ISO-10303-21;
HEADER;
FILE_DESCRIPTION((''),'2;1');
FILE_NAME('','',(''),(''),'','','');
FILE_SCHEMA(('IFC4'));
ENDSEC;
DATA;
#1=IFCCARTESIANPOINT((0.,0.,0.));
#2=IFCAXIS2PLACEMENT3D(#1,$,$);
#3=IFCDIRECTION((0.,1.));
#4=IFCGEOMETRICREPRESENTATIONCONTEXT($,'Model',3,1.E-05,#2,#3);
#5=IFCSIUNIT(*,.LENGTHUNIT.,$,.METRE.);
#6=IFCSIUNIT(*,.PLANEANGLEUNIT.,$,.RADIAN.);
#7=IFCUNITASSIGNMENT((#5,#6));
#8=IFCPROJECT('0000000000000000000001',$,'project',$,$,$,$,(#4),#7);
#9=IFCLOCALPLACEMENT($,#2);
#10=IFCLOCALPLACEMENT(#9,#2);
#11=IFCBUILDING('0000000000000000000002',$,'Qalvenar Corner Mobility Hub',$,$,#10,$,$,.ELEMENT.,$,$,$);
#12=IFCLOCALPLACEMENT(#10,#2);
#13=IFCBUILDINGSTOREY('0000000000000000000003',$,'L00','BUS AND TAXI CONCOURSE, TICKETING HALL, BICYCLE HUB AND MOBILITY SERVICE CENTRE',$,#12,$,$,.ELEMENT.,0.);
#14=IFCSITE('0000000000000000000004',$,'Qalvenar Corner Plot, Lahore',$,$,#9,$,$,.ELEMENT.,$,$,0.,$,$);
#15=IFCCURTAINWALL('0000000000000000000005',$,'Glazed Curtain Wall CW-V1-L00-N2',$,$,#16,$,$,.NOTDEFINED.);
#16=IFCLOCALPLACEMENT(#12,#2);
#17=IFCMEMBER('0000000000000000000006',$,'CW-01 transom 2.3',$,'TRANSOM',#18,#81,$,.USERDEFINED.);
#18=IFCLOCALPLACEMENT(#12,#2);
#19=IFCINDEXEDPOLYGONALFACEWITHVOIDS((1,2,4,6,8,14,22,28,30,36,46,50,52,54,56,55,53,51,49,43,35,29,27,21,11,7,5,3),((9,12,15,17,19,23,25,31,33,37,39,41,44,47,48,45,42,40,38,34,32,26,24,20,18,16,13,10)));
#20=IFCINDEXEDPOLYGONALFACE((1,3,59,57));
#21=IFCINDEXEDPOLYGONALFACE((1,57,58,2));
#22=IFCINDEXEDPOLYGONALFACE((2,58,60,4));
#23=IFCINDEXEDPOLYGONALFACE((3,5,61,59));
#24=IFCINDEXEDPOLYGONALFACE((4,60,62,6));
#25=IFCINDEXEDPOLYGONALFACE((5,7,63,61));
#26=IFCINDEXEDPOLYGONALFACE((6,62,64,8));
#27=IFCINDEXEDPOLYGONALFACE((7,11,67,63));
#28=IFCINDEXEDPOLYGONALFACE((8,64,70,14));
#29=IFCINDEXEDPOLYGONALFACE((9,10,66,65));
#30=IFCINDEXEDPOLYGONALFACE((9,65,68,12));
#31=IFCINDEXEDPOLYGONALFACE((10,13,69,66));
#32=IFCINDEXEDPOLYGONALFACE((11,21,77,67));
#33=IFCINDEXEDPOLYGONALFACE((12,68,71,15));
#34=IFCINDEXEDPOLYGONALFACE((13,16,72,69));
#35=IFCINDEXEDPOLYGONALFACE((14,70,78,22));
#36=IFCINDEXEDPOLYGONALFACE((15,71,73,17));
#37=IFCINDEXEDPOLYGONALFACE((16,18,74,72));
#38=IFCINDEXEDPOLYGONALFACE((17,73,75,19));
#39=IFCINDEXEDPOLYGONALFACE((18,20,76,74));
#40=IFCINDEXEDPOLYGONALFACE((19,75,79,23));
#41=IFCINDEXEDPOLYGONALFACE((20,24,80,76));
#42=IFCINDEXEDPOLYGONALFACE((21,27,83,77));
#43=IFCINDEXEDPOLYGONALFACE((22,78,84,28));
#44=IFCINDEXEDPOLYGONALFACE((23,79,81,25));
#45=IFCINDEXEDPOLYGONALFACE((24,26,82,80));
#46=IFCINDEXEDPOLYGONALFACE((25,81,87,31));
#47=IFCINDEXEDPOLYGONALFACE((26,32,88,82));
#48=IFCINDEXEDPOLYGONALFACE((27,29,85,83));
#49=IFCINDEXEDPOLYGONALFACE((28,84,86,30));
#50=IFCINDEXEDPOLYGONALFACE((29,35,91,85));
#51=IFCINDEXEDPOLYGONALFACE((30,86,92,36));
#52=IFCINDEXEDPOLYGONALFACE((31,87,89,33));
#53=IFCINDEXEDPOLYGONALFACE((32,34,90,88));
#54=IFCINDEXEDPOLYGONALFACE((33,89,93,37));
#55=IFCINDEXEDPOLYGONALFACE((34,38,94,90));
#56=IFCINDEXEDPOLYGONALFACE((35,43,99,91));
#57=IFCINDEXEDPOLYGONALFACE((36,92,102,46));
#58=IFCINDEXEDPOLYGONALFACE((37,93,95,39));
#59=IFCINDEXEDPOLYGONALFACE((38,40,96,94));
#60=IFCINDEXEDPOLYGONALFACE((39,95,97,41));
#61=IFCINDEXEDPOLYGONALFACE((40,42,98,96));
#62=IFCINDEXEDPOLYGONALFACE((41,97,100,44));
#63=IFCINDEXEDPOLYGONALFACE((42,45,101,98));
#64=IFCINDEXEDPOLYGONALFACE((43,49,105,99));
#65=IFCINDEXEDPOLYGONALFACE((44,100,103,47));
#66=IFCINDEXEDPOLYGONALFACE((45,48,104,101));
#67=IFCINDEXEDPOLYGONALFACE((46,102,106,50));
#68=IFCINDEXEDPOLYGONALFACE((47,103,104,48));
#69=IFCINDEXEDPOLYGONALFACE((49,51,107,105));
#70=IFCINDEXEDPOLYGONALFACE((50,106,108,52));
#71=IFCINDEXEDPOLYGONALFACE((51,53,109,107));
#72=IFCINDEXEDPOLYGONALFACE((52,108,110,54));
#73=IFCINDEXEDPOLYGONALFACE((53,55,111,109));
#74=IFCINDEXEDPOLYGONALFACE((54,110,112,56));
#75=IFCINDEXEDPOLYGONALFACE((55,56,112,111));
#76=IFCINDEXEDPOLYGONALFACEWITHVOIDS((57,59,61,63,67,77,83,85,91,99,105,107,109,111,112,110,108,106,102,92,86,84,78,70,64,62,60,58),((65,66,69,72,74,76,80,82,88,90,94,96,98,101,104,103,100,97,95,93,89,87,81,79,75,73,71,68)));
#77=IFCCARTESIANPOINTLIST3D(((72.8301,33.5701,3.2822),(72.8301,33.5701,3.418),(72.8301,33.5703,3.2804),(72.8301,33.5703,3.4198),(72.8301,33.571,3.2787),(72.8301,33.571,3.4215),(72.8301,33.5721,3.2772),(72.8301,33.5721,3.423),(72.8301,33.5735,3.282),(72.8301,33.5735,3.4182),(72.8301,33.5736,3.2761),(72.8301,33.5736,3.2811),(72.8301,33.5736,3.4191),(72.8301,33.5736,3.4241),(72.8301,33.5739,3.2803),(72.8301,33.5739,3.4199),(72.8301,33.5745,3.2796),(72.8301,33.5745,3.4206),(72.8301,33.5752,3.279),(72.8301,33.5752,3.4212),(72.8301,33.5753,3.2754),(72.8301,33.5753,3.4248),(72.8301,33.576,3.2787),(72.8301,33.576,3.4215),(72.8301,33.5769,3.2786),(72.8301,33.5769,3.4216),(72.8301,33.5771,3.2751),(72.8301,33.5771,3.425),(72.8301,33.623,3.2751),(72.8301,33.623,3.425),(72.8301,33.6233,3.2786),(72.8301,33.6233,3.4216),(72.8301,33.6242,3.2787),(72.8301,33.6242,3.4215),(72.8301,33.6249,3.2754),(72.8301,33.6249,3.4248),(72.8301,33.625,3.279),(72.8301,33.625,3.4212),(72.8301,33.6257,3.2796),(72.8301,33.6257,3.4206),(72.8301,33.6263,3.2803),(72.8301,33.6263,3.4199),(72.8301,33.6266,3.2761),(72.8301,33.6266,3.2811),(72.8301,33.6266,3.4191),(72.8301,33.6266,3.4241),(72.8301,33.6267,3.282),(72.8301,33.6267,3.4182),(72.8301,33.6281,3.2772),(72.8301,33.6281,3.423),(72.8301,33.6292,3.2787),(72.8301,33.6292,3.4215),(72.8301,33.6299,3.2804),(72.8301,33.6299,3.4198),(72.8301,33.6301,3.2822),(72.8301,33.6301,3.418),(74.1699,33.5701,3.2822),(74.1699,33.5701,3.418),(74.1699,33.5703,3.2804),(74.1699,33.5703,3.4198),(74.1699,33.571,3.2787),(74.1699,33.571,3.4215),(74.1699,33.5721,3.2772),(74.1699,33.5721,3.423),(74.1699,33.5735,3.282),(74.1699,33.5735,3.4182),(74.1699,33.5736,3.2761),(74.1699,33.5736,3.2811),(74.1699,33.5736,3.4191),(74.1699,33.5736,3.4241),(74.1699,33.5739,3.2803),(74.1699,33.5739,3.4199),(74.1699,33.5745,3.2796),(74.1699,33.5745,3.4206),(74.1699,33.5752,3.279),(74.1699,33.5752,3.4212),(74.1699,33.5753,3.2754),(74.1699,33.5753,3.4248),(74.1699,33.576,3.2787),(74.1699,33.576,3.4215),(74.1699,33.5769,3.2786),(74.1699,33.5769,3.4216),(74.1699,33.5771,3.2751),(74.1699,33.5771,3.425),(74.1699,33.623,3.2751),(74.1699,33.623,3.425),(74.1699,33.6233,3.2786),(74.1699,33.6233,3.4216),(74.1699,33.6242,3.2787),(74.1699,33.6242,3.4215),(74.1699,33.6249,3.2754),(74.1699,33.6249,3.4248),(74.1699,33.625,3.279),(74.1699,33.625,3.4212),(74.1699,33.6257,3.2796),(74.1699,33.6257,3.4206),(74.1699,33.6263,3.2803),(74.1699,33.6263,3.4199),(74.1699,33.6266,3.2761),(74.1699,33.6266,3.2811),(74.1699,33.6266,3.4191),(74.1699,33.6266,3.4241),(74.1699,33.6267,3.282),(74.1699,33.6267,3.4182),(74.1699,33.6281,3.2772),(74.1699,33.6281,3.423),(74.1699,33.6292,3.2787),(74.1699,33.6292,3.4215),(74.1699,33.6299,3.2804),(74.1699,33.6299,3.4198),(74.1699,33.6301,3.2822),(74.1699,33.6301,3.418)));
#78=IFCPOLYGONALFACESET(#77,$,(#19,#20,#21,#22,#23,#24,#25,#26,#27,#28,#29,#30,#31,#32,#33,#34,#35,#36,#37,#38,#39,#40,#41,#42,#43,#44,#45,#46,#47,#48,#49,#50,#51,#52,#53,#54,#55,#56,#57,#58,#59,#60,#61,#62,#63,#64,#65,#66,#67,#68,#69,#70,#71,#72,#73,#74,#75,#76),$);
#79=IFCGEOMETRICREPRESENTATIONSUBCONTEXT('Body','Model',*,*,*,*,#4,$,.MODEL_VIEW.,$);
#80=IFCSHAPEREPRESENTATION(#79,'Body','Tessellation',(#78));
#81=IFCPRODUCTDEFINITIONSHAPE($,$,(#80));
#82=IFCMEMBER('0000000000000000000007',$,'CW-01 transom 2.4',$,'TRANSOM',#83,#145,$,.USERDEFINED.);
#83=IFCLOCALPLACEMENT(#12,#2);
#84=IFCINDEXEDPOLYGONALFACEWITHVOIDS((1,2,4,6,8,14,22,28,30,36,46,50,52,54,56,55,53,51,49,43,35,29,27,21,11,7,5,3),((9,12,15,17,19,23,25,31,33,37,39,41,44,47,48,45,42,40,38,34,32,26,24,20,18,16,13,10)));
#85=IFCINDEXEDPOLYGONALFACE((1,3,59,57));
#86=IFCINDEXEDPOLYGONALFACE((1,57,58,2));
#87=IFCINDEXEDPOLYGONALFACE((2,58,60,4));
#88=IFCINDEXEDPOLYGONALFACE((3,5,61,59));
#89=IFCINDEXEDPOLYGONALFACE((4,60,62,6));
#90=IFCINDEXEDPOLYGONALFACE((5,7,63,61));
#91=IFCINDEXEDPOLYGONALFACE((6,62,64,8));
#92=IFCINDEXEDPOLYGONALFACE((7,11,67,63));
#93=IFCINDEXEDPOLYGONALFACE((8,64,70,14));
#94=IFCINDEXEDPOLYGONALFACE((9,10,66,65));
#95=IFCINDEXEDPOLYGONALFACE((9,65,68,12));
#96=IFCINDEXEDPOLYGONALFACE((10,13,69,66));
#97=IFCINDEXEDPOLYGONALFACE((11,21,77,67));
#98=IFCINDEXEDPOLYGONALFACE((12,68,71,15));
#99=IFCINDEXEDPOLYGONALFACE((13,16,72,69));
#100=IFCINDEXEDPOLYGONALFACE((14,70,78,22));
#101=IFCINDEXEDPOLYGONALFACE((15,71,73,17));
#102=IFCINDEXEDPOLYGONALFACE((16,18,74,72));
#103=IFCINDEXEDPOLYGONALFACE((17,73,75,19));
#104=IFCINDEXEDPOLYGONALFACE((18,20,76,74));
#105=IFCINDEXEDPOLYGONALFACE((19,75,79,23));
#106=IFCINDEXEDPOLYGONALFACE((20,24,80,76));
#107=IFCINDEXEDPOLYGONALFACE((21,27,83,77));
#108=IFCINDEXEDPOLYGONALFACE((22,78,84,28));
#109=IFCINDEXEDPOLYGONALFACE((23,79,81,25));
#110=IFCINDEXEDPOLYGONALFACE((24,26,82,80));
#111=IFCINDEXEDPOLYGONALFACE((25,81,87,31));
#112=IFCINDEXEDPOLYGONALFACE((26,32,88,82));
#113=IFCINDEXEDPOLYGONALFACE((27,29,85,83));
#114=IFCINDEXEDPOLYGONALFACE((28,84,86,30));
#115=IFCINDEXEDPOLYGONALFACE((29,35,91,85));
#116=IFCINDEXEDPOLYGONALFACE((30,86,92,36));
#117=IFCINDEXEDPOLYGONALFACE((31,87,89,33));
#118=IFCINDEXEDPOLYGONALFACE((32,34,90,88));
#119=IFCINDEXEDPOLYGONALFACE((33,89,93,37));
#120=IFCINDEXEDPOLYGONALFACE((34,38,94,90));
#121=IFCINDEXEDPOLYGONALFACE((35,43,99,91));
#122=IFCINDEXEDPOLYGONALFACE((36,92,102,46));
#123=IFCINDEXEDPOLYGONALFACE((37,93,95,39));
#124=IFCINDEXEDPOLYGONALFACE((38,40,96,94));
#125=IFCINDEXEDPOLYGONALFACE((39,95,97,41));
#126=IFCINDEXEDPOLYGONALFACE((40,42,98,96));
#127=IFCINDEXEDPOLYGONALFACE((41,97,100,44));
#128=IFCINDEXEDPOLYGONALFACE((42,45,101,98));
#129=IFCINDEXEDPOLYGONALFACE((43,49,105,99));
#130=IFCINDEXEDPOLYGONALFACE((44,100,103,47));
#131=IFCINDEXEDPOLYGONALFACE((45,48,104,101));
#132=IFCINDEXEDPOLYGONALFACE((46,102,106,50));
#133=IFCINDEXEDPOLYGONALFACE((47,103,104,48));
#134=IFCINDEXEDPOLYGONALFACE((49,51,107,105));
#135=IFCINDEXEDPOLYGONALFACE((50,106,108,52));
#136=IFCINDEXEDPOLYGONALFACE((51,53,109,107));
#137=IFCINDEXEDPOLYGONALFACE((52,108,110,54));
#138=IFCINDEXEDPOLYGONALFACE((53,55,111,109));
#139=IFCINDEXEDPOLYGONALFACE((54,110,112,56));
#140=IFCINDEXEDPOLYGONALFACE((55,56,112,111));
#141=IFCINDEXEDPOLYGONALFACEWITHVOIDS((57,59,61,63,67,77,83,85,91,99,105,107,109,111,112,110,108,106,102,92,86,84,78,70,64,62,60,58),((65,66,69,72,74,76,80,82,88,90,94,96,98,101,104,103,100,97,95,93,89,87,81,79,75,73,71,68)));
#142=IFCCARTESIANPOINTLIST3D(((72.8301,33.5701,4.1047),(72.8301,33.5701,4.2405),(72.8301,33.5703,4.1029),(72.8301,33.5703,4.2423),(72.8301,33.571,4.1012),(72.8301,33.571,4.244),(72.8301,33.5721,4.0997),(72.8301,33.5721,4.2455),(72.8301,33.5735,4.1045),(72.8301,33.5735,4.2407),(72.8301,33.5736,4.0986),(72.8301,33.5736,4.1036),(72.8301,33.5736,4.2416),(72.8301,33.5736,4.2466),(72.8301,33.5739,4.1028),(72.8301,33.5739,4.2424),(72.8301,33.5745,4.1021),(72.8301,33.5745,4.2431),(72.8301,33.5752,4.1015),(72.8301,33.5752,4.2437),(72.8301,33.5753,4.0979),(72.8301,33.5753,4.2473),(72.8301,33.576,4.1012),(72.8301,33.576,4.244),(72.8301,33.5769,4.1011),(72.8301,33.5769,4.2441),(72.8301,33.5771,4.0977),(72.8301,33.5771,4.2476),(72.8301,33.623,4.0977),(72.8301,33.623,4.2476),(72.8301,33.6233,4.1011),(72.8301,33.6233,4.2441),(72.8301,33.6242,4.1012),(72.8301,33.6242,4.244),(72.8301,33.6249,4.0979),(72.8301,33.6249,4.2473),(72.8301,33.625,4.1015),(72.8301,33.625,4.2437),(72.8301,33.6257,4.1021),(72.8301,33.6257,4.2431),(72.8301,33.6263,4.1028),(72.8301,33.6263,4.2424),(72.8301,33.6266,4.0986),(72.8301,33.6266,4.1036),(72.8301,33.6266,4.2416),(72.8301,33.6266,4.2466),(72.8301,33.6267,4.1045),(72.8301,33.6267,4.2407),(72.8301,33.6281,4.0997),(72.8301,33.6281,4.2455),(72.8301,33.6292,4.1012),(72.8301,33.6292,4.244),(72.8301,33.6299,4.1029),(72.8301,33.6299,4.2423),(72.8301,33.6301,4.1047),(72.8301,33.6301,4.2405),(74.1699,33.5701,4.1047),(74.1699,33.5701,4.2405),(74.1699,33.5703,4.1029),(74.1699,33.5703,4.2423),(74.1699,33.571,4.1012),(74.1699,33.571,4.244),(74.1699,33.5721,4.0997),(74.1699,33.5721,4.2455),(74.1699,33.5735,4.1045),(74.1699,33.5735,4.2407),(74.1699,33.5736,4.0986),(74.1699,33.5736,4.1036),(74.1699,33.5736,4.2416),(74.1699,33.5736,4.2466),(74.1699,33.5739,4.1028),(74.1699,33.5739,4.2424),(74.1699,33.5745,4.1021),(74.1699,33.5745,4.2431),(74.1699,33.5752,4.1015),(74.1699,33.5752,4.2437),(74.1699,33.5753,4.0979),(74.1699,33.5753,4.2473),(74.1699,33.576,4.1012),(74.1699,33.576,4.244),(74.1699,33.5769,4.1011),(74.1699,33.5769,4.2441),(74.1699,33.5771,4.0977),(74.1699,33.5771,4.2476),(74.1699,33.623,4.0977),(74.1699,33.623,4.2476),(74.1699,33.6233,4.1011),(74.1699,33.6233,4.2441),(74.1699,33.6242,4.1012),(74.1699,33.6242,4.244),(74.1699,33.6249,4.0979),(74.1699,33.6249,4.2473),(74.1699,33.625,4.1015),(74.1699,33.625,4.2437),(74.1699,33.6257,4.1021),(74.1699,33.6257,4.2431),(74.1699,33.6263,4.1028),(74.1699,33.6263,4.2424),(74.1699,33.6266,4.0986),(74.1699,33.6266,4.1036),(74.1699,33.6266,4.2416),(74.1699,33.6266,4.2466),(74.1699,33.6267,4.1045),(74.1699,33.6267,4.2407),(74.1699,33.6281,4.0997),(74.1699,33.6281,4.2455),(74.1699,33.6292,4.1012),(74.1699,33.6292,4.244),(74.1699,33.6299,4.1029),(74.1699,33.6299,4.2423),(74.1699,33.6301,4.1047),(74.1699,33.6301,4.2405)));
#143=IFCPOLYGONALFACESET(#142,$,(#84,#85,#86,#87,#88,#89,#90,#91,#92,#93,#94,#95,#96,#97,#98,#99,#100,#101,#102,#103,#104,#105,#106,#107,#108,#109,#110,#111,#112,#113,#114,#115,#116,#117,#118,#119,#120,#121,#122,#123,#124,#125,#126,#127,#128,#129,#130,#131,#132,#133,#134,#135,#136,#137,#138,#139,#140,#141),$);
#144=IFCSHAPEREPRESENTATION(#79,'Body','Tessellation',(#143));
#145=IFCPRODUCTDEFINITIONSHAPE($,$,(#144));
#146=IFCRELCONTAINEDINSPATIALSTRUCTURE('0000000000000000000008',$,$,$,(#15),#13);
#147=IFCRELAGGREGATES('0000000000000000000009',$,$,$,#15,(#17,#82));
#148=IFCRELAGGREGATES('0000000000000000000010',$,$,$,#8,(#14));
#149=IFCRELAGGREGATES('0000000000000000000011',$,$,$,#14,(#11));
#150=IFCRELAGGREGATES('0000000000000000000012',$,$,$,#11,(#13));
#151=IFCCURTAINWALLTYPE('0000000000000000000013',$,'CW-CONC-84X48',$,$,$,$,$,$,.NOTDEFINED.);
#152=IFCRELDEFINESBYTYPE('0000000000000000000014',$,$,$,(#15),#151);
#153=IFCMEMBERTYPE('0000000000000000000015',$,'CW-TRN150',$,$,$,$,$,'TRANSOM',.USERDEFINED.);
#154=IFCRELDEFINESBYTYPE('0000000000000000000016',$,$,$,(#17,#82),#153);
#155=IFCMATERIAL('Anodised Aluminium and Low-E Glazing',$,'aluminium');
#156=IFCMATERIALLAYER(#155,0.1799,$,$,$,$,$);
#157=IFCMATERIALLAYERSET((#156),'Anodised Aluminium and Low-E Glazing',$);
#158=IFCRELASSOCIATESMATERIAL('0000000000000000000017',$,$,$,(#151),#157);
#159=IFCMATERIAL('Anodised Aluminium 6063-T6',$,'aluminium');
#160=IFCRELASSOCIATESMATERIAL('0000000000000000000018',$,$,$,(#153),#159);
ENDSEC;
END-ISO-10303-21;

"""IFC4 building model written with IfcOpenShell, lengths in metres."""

from ifc_helpers import new_model, si_unit, direction, frame, origin, origin_2d, place, context, subcontext, project, spatial, hollow_rectangle, extrude, material, layer, layer_set, material_profile, profile_set, type_object, element, aggregate, save


model = new_model("IFC4")

# Units and contexts
model_context = context("Model", 3, precision=1e-05, world=origin(), true_north=direction((0.0, 1.0)))
body_context = subcontext(model_context, "Body", "Model", "MODEL_VIEW")
ifc_project = project(units=[si_unit("LENGTHUNIT", "METRE"), si_unit("PLANEANGLEUNIT", "RADIAN")], contexts=[model_context])

# Site, building, storey
site_placement = place(None, origin())
site = spatial("IfcSite", under=ifc_project, at=site_placement, Name="Qalvenar Corner Plot, Lahore", CompositionType="ELEMENT", RefElevation=0.0)
building_placement = place(site_placement, origin())
building = spatial("IfcBuilding", under=site, at=building_placement, Name="Qalvenar Corner Mobility Hub", CompositionType="ELEMENT")
storey_placement = place(building_placement, origin())
storey = spatial("IfcBuildingStorey", under=building, at=storey_placement, Name="L00", Description="BUS AND TAXI CONCOURSE, TICKETING HALL, BICYCLE HUB AND MOBILITY SERVICE CENTRE", CompositionType="ELEMENT", Elevation=0.0)

# Curtain wall, members
ifc_material_1 = material(Name="Anodised Aluminium and Low-E Glazing", Category="aluminium")
ifc_layer_1 = layer(ifc_material_1, 0.1799)
ifc_layer_set_1 = layer_set([ifc_layer_1], Name="Anodised Aluminium and Low-E Glazing")
curtain_wall_type = type_object("IfcCurtainWallType", Name="CW-CONC-84X48", PredefinedType="NOTDEFINED", material=ifc_layer_set_1)
curtain_wall_placement = place(storey_placement, origin())
curtain_wall = element("IfcCurtainWall", 1, at=curtain_wall_placement, inside=storey, type_object=curtain_wall_type, Name="Glazed Curtain Wall CW-V1-L00-N2", PredefinedType="NOTDEFINED")
ifc_material_2 = material(Name="Anodised Aluminium 6063-T6", Category="aluminium")
ifc_material_profile_1 = material_profile(ifc_material_2, hollow_rectangle(XDim=0.0601, YDim=0.1499, WallThickness=0.0034, InnerFilletRadius=0.0034, OuterFilletRadius=0.0071, at=origin_2d()), Name="RHS150x60x3.5")
ifc_profile_set_1 = profile_set([ifc_material_profile_1], Name="Anodised Aluminium 6063-T6")
member_type_1 = type_object("IfcMemberType", Name="CW-TRN150", ElementType="TRANSOM", PredefinedType="USERDEFINED", material=ifc_profile_set_1)
member_1_placement = place(storey_placement, frame((74.1699, 33.6001, 3.3501), z_axis=(-1.0, 0.0, 0.0), x_axis=(0.0, -1.0, 0.0)))
member_1 = element("IfcMember", 2, at=member_1_placement, type_object=member_type_1, Name="CW-01 transom 2.3", ObjectType="TRANSOM", PredefinedType="USERDEFINED", context=body_context, shape_type="SweptSolid", body=[
    extrude(hollow_rectangle(XDim=0.0601, YDim=0.1499, WallThickness=0.0034, InnerFilletRadius=0.0034, OuterFilletRadius=0.0071, at=origin_2d()), origin(), (0.0, 0.0, 1.0), 1.3398),
])
member_2_placement = place(storey_placement, frame((74.1699, 33.6001, 4.1726), z_axis=(-1.0, 0.0, 0.0), x_axis=(0.0, -1.0, 0.0)))
member_2 = element("IfcMember", 3, at=member_2_placement, type_object=member_type_1, Name="CW-01 transom 2.4", ObjectType="TRANSOM", PredefinedType="USERDEFINED", context=body_context, shape_type="SweptSolid", body=[
    extrude(hollow_rectangle(XDim=0.0601, YDim=0.1499, WallThickness=0.0034, InnerFilletRadius=0.0034, OuterFilletRadius=0.0071, at=origin_2d()), origin(), (0.0, 0.0, 1.0), 1.3398),
])
aggregate(curtain_wall, [member_1, member_2])

save(model, "model.ifc")
